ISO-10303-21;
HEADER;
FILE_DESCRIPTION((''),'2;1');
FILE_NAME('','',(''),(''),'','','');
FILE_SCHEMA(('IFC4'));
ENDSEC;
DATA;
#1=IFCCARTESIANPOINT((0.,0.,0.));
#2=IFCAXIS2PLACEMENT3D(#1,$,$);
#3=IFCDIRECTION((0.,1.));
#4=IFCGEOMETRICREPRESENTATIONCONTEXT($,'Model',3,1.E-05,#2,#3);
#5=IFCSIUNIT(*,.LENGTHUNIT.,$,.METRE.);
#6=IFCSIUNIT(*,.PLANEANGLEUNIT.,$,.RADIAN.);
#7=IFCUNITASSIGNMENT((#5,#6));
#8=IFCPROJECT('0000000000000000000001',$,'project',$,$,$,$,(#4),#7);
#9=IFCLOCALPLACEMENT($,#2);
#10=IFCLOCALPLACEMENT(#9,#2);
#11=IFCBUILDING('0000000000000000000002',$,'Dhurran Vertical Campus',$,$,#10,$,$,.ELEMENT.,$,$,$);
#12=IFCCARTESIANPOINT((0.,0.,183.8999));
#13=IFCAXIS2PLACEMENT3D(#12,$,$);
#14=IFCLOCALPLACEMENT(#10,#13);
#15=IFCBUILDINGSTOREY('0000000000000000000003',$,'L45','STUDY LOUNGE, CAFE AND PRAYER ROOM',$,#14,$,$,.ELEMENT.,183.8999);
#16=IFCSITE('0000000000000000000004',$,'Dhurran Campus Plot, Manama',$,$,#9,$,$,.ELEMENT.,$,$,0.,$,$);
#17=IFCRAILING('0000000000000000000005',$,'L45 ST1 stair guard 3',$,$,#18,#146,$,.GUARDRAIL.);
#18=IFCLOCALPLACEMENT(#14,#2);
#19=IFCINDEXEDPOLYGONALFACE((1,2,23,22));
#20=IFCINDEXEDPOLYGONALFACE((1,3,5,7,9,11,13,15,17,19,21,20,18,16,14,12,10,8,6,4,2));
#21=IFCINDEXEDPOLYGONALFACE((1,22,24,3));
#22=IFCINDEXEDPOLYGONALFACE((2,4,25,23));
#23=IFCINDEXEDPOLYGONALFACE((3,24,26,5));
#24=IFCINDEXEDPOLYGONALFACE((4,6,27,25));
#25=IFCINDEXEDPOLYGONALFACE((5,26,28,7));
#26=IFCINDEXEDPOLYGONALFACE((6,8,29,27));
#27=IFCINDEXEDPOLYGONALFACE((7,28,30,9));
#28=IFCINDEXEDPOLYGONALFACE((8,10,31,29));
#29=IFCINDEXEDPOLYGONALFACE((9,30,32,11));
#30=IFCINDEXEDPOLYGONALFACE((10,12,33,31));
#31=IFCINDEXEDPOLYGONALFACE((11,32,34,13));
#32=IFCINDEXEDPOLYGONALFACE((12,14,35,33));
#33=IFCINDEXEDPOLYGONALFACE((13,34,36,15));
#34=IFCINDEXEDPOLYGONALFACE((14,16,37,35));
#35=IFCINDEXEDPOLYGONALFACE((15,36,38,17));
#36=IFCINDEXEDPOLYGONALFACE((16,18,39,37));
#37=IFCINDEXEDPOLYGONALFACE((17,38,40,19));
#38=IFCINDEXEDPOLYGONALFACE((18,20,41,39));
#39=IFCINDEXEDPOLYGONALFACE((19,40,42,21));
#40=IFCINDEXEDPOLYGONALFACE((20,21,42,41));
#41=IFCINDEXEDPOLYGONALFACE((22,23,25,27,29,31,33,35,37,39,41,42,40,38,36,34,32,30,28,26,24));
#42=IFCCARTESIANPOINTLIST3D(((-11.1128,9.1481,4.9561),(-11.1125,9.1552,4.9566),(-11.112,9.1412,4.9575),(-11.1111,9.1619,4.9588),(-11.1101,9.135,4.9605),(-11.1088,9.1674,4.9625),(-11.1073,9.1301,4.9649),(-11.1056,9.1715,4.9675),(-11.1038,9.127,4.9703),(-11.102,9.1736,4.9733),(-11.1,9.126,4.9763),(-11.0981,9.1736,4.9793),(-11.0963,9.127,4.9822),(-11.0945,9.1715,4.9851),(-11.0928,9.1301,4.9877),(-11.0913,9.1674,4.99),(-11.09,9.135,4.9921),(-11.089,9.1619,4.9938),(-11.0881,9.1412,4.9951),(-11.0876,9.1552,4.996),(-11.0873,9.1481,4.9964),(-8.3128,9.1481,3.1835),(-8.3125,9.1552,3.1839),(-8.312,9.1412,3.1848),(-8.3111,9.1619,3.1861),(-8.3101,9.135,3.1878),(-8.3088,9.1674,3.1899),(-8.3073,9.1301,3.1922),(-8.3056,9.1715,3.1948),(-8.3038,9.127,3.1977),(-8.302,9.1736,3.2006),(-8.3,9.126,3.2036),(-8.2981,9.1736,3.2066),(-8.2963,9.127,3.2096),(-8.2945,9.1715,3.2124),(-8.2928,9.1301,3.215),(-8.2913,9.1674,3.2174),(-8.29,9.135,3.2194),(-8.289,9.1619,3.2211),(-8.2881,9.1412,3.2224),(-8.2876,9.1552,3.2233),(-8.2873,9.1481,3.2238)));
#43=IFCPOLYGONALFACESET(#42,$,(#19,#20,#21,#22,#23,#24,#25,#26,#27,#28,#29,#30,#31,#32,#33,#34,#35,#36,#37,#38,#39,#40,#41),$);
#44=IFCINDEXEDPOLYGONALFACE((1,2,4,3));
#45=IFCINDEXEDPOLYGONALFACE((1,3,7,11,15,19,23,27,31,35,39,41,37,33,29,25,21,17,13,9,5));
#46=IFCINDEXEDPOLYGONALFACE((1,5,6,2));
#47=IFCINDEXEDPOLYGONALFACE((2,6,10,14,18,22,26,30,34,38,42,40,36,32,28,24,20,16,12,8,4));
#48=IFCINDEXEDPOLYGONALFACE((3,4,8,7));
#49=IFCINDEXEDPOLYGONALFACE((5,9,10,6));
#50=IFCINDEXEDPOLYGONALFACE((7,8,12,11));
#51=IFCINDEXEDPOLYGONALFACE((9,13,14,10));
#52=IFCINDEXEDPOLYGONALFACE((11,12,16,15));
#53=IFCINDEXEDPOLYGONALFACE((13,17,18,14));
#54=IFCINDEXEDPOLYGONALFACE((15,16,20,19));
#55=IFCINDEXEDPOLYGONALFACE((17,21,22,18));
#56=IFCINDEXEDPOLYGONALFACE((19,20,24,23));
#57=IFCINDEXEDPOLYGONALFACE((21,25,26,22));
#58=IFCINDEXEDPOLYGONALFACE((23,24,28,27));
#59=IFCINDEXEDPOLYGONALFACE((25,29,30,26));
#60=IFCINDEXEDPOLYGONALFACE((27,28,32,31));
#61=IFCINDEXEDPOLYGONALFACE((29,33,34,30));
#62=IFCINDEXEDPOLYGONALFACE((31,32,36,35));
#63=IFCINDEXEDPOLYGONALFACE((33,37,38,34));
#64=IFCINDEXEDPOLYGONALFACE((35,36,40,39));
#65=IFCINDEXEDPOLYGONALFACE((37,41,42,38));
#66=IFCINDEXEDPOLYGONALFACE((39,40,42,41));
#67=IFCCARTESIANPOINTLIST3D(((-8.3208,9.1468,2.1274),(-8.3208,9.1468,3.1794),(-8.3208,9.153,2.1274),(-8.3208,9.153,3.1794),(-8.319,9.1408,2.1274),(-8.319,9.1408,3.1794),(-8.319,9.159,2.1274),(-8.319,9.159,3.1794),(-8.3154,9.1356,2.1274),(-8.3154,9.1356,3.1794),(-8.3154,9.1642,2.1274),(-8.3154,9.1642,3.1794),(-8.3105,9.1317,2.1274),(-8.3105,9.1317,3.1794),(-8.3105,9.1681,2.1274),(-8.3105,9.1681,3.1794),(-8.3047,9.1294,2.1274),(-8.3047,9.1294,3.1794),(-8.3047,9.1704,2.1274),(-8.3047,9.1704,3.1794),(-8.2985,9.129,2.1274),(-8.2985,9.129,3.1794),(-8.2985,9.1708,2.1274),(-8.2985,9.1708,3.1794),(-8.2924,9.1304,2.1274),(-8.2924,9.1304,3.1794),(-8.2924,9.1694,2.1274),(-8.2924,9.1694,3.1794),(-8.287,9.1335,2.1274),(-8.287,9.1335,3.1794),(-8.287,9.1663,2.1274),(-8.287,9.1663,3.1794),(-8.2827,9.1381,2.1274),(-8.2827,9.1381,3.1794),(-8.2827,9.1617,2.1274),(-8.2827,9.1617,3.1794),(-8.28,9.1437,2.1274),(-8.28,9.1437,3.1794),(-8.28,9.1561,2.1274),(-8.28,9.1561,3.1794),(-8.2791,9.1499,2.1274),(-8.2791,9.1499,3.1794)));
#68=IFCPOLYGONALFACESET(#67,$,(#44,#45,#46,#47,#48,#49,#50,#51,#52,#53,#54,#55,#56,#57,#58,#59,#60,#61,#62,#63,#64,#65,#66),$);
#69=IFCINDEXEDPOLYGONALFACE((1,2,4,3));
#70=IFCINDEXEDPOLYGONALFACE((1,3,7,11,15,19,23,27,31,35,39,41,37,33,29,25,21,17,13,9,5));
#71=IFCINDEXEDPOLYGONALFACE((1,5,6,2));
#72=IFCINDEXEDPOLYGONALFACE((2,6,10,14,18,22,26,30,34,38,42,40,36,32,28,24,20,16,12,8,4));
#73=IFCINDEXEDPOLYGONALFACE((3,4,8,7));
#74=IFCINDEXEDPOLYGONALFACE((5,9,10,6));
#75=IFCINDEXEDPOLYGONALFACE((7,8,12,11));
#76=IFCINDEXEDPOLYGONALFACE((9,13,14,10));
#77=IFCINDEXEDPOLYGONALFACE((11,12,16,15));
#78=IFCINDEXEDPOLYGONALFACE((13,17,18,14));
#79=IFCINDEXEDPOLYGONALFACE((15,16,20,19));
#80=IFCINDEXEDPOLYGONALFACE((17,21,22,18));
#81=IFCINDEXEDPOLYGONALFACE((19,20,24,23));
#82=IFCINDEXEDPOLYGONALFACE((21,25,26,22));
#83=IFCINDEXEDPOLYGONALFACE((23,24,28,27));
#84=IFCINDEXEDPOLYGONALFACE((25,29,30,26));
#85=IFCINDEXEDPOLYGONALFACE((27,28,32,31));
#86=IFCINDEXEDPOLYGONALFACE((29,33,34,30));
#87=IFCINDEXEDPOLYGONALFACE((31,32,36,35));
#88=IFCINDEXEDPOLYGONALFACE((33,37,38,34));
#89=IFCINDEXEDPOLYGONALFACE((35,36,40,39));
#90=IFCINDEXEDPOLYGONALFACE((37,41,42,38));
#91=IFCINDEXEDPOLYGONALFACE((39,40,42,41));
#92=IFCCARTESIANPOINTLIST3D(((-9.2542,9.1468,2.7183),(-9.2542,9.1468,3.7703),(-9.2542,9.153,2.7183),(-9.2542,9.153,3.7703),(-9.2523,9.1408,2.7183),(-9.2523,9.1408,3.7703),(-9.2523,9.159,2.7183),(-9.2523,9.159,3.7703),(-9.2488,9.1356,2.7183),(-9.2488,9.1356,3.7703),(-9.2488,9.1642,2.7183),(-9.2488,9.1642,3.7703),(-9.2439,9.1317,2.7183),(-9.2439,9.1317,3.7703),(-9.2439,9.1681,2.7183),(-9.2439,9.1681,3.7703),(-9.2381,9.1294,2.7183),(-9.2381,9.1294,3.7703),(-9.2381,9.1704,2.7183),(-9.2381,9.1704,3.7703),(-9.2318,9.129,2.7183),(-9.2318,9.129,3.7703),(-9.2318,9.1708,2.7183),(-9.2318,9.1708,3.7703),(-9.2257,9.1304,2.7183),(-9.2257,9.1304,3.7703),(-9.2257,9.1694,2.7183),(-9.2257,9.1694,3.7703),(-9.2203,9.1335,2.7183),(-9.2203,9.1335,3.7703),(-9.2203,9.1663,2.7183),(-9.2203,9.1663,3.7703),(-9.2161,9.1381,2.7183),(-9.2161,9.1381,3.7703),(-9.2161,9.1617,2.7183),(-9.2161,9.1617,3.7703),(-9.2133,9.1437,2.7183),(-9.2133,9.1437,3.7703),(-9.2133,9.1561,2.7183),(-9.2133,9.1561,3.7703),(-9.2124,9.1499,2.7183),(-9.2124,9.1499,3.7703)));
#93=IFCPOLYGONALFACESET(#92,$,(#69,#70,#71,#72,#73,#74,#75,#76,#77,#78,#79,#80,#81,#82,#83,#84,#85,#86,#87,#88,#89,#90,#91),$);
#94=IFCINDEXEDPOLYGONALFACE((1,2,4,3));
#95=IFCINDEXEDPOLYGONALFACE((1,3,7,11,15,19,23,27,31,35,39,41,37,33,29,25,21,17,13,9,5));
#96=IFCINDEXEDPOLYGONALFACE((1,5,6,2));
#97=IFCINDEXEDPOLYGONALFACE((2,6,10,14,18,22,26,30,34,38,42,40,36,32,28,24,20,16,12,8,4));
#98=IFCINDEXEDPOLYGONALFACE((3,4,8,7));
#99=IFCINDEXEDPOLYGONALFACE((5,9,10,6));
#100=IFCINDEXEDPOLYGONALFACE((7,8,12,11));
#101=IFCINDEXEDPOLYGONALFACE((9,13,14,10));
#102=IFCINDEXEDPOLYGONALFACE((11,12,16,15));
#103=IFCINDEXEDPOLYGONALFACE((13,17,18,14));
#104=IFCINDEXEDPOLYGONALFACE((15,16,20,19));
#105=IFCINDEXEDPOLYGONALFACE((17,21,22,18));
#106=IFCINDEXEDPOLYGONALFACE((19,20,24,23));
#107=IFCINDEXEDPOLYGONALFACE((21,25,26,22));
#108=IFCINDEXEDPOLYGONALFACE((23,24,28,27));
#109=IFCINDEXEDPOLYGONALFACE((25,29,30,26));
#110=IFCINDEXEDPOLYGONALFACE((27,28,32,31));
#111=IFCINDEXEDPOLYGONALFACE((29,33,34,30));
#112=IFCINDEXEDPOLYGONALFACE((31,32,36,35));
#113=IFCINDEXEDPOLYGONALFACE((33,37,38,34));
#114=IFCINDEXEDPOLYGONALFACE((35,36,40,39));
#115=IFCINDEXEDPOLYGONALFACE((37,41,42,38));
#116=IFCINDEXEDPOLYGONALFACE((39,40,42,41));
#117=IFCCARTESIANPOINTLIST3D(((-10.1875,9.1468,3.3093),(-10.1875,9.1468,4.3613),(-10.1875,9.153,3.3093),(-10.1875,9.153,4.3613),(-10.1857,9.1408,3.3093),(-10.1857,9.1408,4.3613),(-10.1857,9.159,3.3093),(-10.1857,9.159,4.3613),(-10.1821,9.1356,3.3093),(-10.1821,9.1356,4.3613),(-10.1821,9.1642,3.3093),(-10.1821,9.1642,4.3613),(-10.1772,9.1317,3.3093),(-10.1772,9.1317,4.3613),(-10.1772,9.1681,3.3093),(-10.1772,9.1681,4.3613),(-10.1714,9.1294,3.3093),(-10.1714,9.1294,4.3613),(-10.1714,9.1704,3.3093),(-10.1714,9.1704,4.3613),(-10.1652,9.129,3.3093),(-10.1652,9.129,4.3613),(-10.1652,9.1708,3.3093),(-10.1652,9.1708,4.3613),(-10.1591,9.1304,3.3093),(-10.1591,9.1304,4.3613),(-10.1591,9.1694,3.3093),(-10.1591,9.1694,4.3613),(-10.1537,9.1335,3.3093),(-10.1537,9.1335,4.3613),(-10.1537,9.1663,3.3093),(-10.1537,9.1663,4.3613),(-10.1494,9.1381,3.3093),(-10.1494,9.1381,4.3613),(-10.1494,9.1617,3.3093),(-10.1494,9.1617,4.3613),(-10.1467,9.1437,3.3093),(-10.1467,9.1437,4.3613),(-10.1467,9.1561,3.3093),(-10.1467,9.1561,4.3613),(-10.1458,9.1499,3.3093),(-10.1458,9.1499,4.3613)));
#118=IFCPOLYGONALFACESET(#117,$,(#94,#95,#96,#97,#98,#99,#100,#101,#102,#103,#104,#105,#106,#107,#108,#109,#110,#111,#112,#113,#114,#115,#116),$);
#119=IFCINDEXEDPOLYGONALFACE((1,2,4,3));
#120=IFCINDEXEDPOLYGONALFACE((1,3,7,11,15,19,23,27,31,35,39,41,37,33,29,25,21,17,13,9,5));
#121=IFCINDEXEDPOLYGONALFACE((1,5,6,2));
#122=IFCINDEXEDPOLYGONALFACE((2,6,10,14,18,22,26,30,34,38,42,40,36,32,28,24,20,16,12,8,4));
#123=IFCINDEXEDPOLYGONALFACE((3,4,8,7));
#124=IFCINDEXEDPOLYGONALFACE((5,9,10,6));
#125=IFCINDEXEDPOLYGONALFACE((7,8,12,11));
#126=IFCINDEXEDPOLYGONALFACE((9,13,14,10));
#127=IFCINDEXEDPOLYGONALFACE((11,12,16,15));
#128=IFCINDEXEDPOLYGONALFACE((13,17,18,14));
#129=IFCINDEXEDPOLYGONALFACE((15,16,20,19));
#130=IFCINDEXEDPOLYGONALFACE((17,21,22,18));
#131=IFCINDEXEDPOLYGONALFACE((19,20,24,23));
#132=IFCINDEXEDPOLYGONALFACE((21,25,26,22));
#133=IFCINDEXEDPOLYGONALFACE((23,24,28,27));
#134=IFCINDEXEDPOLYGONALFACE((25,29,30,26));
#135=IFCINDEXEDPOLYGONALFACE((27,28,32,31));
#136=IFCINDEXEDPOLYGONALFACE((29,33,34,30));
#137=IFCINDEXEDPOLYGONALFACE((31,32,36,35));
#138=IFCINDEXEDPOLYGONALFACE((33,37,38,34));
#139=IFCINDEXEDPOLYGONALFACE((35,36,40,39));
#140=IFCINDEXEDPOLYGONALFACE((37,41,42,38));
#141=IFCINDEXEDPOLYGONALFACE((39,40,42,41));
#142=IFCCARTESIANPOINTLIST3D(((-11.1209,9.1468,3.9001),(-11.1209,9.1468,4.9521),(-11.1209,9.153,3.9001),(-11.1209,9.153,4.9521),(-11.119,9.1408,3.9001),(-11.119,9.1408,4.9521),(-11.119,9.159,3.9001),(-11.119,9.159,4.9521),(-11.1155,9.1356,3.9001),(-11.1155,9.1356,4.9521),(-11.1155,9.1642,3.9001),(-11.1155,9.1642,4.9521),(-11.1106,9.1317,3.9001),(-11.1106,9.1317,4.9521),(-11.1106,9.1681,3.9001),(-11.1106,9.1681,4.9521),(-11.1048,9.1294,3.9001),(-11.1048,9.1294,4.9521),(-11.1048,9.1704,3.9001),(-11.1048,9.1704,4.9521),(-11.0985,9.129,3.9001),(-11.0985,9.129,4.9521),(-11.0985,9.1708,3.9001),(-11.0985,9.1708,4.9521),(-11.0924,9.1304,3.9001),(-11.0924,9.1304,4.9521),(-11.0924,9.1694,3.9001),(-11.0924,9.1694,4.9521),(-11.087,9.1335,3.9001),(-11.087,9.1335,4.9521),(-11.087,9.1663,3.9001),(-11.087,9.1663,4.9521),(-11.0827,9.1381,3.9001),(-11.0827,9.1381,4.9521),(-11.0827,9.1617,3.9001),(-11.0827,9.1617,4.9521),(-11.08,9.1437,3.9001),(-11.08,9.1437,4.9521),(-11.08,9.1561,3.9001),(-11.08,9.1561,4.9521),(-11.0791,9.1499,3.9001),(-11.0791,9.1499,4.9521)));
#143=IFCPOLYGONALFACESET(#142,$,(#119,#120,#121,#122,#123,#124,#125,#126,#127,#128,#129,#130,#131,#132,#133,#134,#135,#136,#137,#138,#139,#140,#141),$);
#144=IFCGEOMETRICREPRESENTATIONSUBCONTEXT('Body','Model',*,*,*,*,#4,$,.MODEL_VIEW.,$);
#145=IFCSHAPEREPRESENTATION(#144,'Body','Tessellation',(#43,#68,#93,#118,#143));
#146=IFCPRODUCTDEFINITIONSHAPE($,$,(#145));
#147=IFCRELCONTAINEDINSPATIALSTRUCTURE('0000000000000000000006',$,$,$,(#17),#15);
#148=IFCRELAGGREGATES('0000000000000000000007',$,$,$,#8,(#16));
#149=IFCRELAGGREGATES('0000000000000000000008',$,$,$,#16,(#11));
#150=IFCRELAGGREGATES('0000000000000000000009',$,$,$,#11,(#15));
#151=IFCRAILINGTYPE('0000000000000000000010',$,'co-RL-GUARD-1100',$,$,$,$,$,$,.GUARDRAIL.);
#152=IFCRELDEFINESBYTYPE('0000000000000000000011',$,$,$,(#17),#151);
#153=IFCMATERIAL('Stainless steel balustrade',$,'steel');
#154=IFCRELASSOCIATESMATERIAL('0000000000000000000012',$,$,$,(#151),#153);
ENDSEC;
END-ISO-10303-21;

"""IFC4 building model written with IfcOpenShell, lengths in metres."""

from ifc_helpers import new_model, si_unit, direction, frame, origin, origin_2d, place, context, subcontext, project, spatial, circle, extrude, material, type_object, element, save


model = new_model("IFC4")

# Units and contexts
model_context = context("Model", 3, precision=1e-05, world=origin(), true_north=direction((0.0, 1.0)))
body_context = subcontext(model_context, "Body", "Model", "MODEL_VIEW")
ifc_project = project(units=[si_unit("LENGTHUNIT", "METRE"), si_unit("PLANEANGLEUNIT", "RADIAN")], contexts=[model_context])

# Site, building, storey
site_placement = place(None, origin())
site = spatial("IfcSite", under=ifc_project, at=site_placement, Name="Dhurran Campus Plot, Manama", CompositionType="ELEMENT", RefElevation=0.0)
building_placement = place(site_placement, origin())
building = spatial("IfcBuilding", under=site, at=building_placement, Name="Dhurran Vertical Campus", CompositionType="ELEMENT")
storey_placement = place(building_placement, frame((0.0, 0.0, 183.8999)))
storey = spatial("IfcBuildingStorey", under=building, at=storey_placement, Name="L45", Description="STUDY LOUNGE, CAFE AND PRAYER ROOM", CompositionType="ELEMENT", Elevation=183.8999)

# Railing
ifc_material_1 = material(Name="Stainless steel balustrade", Category="steel")
railing_type_1 = type_object("IfcRailingType", Name="co-RL-GUARD-1100", PredefinedType="GUARDRAIL", material=ifc_material_1)
railing_1_placement = place(storey_placement, frame((-8.3, 9.1499, 2.1274)))
element("IfcRailing", 1, at=railing_1_placement, inside=storey, type_object=railing_type_1, Name="L45 ST1 stair guard 3", PredefinedType="GUARDRAIL", context=body_context, shape_type="SweptSolid", body=[
    extrude(circle(Radius=0.0239, at=origin_2d()), frame((0.0, 0.0, 1.0762), z_axis=(-0.844909, 0.0, 0.53491), x_axis=(0.0, -1.0, 0.0)), (0.0, 0.0, 1.0), 3.314),
    extrude(circle(Radius=0.021, at=origin_2d()), origin(), (0.0, 0.0, 1.0), 1.052),
    extrude(circle(Radius=0.021, at=origin_2d()), frame((-0.9333, 0.0, 0.5908)), (0.0, 0.0, 1.0), 1.052),
    extrude(circle(Radius=0.021, at=origin_2d()), frame((-1.8667, 0.0, 1.1819)), (0.0, 0.0, 1.0), 1.052),
    extrude(circle(Radius=0.021, at=origin_2d()), frame((-2.8, 0.0, 1.7727)), (0.0, 0.0, 1.0), 1.052),
])

save(model, "model.ifc")
